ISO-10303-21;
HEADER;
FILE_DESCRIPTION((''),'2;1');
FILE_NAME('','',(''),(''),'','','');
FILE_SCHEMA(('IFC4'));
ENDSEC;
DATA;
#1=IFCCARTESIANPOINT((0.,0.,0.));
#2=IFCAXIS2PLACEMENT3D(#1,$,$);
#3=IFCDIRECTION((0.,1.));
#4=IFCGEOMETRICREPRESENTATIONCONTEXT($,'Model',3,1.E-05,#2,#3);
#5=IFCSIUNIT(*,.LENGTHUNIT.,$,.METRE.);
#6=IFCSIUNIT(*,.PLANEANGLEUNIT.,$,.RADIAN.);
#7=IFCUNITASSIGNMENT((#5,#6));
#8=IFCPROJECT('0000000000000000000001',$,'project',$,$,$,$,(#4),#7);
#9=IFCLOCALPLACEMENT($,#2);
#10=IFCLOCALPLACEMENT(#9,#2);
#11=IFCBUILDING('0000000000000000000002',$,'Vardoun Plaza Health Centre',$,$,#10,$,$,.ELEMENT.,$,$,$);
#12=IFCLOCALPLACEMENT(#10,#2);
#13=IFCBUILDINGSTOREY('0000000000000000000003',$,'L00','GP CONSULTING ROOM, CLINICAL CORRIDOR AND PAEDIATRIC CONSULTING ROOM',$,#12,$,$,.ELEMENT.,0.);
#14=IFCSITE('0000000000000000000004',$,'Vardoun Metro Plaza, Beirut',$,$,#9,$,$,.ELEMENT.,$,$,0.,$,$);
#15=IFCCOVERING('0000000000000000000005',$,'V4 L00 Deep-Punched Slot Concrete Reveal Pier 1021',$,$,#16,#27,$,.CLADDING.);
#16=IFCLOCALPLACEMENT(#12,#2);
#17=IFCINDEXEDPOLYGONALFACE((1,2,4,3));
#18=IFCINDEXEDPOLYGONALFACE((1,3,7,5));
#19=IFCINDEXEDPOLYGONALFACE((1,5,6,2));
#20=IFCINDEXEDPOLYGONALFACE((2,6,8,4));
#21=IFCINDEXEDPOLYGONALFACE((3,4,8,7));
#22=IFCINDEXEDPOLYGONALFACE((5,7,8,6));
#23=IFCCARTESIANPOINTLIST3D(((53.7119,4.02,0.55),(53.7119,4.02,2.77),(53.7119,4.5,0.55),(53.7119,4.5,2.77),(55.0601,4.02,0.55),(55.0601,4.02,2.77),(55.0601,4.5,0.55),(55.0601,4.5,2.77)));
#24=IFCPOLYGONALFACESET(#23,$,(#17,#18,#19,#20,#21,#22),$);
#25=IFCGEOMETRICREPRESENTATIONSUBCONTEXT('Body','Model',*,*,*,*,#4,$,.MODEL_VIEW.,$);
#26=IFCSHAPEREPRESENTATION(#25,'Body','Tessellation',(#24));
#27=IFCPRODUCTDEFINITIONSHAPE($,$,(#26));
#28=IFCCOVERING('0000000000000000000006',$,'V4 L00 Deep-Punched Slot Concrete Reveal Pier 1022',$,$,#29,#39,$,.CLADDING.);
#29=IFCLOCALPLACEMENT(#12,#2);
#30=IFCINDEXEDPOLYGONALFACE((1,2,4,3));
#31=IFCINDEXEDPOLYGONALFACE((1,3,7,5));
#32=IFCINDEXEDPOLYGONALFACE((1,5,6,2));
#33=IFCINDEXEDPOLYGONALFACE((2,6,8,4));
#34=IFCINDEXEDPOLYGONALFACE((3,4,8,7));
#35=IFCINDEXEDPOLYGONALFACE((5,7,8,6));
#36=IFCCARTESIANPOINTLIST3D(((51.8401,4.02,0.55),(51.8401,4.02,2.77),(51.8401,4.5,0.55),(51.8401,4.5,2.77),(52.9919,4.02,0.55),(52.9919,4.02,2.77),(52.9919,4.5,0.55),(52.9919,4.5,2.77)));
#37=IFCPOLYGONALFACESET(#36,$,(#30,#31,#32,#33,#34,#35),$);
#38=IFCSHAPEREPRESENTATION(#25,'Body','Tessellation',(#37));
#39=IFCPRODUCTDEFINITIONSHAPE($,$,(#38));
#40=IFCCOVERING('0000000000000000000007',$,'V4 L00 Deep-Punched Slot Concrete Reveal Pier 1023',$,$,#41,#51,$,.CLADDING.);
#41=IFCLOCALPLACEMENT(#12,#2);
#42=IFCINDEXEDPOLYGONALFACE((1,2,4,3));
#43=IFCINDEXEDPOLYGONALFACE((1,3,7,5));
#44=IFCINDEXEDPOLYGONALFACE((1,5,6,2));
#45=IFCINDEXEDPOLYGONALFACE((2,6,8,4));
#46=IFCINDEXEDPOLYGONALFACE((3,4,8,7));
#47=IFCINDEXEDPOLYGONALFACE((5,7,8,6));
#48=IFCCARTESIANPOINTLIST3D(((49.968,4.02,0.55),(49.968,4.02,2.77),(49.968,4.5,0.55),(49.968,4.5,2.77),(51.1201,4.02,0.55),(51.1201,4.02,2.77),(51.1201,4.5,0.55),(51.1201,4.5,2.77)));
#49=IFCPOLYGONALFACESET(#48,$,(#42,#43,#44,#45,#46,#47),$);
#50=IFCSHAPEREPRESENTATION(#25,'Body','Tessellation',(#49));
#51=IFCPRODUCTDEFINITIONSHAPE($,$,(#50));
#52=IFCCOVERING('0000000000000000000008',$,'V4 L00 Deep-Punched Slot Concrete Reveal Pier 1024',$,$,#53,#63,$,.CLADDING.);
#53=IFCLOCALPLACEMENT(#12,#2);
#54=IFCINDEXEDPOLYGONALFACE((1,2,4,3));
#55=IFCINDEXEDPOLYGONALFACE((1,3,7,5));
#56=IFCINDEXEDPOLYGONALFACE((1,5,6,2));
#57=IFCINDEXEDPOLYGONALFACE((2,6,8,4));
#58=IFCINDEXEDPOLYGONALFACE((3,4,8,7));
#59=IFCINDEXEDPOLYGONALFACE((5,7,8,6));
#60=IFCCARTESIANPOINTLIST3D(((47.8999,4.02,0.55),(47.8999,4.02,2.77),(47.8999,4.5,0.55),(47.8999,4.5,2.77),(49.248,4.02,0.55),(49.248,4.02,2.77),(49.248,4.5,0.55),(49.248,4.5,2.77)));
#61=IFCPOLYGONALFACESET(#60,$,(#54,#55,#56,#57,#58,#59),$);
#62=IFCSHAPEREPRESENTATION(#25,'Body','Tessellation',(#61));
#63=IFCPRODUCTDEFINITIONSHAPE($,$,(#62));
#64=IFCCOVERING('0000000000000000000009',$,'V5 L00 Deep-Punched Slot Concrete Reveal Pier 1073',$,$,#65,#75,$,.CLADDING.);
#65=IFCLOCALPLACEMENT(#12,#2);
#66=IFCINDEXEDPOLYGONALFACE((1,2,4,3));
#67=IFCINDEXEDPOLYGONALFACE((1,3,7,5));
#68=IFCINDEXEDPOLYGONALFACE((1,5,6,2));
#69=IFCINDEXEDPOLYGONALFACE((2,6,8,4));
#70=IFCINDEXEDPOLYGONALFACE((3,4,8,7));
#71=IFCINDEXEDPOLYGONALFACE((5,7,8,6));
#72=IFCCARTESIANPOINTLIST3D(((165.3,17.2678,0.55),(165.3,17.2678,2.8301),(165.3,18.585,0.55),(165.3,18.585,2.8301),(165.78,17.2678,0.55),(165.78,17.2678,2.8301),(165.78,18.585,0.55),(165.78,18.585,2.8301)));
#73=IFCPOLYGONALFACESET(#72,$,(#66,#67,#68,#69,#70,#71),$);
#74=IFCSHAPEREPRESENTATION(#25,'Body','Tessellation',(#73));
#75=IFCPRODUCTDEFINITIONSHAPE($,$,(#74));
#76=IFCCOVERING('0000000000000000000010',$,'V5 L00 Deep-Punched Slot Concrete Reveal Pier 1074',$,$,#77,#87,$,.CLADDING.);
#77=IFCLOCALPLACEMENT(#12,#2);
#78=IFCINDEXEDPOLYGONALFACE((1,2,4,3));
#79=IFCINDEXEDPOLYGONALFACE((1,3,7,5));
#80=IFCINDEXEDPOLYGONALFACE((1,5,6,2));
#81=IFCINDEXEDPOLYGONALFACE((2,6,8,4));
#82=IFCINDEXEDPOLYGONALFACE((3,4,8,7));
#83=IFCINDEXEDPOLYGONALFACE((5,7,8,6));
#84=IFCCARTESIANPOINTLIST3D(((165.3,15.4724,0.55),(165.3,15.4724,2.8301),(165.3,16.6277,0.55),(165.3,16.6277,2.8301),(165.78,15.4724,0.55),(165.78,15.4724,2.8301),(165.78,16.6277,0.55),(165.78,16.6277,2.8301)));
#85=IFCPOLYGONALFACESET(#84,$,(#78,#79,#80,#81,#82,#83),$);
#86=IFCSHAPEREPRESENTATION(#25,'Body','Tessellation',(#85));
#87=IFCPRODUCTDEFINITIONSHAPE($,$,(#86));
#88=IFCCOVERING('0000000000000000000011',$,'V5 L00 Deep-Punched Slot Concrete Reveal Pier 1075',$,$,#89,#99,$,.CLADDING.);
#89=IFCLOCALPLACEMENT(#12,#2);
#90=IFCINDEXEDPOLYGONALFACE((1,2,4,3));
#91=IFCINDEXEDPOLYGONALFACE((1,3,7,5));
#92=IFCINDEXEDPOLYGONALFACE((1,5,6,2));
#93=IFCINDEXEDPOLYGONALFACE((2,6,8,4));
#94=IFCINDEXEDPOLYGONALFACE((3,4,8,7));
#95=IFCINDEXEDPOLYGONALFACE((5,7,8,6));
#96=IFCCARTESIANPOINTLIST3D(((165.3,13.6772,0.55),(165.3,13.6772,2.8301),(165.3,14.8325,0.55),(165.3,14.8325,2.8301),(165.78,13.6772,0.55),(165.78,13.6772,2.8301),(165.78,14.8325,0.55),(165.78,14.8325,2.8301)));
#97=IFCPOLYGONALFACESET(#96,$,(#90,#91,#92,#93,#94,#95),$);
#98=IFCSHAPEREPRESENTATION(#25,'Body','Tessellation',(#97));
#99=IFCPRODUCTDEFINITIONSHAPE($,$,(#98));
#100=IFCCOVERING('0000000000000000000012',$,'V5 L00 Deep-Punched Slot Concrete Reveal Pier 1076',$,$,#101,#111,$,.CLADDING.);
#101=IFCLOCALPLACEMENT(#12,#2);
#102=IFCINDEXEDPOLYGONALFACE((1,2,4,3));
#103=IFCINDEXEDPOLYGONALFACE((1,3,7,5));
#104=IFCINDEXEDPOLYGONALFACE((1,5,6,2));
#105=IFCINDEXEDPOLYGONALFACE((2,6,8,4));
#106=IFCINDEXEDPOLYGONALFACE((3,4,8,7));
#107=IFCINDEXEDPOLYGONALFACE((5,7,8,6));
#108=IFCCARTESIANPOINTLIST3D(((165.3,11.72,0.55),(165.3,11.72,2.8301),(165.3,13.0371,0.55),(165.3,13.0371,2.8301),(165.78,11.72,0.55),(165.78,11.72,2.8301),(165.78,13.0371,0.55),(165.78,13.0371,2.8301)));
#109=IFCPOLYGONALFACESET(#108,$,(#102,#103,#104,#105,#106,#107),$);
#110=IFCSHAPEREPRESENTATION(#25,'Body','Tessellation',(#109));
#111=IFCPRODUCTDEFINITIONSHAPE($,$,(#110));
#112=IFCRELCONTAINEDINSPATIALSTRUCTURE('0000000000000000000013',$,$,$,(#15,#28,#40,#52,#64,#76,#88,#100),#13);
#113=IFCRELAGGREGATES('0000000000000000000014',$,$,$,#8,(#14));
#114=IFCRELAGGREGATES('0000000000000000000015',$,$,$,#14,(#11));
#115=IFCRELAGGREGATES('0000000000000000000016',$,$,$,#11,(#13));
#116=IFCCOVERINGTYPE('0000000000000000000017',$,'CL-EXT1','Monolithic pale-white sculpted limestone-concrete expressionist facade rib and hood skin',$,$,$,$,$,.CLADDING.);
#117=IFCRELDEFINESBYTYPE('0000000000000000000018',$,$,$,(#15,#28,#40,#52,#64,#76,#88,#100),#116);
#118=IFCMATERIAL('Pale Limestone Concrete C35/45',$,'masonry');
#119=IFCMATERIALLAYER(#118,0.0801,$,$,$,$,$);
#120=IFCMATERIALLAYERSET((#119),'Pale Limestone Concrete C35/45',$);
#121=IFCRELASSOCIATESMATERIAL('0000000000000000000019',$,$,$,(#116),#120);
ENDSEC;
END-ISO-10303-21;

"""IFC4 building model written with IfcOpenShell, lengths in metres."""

from ifc_helpers import new_model, si_unit, direction, frame, origin, place, context, subcontext, project, spatial, polyline, outline, extrude, material, layer, layer_set, type_object, element, save


model = new_model("IFC4")

# Units and contexts
model_context = context("Model", 3, precision=1e-05, world=origin(), true_north=direction((0.0, 1.0)))
body_context = subcontext(model_context, "Body", "Model", "MODEL_VIEW")
ifc_project = project(units=[si_unit("LENGTHUNIT", "METRE"), si_unit("PLANEANGLEUNIT", "RADIAN")], contexts=[model_context])

# Site, building, storey
site_placement = place(None, origin())
site = spatial("IfcSite", under=ifc_project, at=site_placement, Name="Vardoun Metro Plaza, Beirut", CompositionType="ELEMENT", RefElevation=0.0)
building_placement = place(site_placement, origin())
building = spatial("IfcBuilding", under=site, at=building_placement, Name="Vardoun Plaza Health Centre", CompositionType="ELEMENT")
storey_placement = place(building_placement, origin())
storey = spatial("IfcBuildingStorey", under=building, at=storey_placement, Name="L00", Description="GP CONSULTING ROOM, CLINICAL CORRIDOR AND PAEDIATRIC CONSULTING ROOM", CompositionType="ELEMENT", Elevation=0.0)

# Coverings
ifc_material = material(Name="Pale Limestone Concrete C35/45", Category="masonry")
ifc_layer = layer(ifc_material, 0.0801)
ifc_layer_set = layer_set([ifc_layer], Name="Pale Limestone Concrete C35/45")
covering_type = type_object("IfcCoveringType", Name="CL-EXT1", Description="Monolithic pale-white sculpted limestone-concrete expressionist facade rib and hood skin", PredefinedType="CLADDING", material=ifc_layer_set)
covering_1_placement = place(storey_placement, frame((0.0, 0.0, 0.55)))
element("IfcCovering", 1, at=covering_1_placement, inside=storey, type_object=covering_type, Name="V4 L00 Deep-Punched Slot Concrete Reveal Pier 1021", PredefinedType="CLADDING", context=body_context, shape_type="SweptSolid", body=[
    extrude(outline(polyline([(55.0601, 4.5), (53.7119, 4.5), (53.7119, 4.02), (55.0601, 4.02), (55.0601, 4.5)])), origin(), (0.0, 0.0, 1.0), 2.22),
])
covering_2_placement = place(storey_placement, frame((0.0, 0.0, 0.55)))
element("IfcCovering", 2, at=covering_2_placement, inside=storey, type_object=covering_type, Name="V4 L00 Deep-Punched Slot Concrete Reveal Pier 1022", PredefinedType="CLADDING", context=body_context, shape_type="SweptSolid", body=[
    extrude(outline(polyline([(52.9919, 4.5), (51.8401, 4.5), (51.8401, 4.02), (52.9919, 4.02), (52.9919, 4.5)])), origin(), (0.0, 0.0, 1.0), 2.22),
])
covering_3_placement = place(storey_placement, frame((0.0, 0.0, 0.55)))
element("IfcCovering", 3, at=covering_3_placement, inside=storey, type_object=covering_type, Name="V4 L00 Deep-Punched Slot Concrete Reveal Pier 1023", PredefinedType="CLADDING", context=body_context, shape_type="SweptSolid", body=[
    extrude(outline(polyline([(51.1201, 4.5), (49.968, 4.5), (49.968, 4.02), (51.1201, 4.02), (51.1201, 4.5)])), origin(), (0.0, 0.0, 1.0), 2.22),
])
covering_4_placement = place(storey_placement, frame((0.0, 0.0, 0.55)))
element("IfcCovering", 4, at=covering_4_placement, inside=storey, type_object=covering_type, Name="V4 L00 Deep-Punched Slot Concrete Reveal Pier 1024", PredefinedType="CLADDING", context=body_context, shape_type="SweptSolid", body=[
    extrude(outline(polyline([(49.248, 4.5), (47.8999, 4.5), (47.8999, 4.02), (49.248, 4.02), (49.248, 4.5)])), origin(), (0.0, 0.0, 1.0), 2.22),
])
covering_5_placement = place(storey_placement, frame((0.0, 0.0, 0.55)))
element("IfcCovering", 5, at=covering_5_placement, inside=storey, type_object=covering_type, Name="V5 L00 Deep-Punched Slot Concrete Reveal Pier 1073", PredefinedType="CLADDING", context=body_context, shape_type="SweptSolid", body=[
    extrude(outline(polyline([(165.3, 18.585), (165.3, 17.2678), (165.78, 17.2678), (165.78, 18.585), (165.3, 18.585)])), origin(), (0.0, 0.0, 1.0), 2.28),
])
covering_6_placement = place(storey_placement, frame((0.0, 0.0, 0.55)))
element("IfcCovering", 6, at=covering_6_placement, inside=storey, type_object=covering_type, Name="V5 L00 Deep-Punched Slot Concrete Reveal Pier 1074", PredefinedType="CLADDING", context=body_context, shape_type="SweptSolid", body=[
    extrude(outline(polyline([(165.3, 16.6277), (165.3, 15.4724), (165.78, 15.4724), (165.78, 16.6277), (165.3, 16.6277)])), origin(), (0.0, 0.0, 1.0), 2.28),
])
covering_7_placement = place(storey_placement, frame((0.0, 0.0, 0.55)))
element("IfcCovering", 7, at=covering_7_placement, inside=storey, type_object=covering_type, Name="V5 L00 Deep-Punched Slot Concrete Reveal Pier 1075", PredefinedType="CLADDING", context=body_context, shape_type="SweptSolid", body=[
    extrude(outline(polyline([(165.3, 14.8325), (165.3, 13.6772), (165.78, 13.6772), (165.78, 14.8325), (165.3, 14.8325)])), origin(), (0.0, 0.0, 1.0), 2.28),
])
covering_8_placement = place(storey_placement, frame((0.0, 0.0, 0.55)))
element("IfcCovering", 8, at=covering_8_placement, inside=storey, type_object=covering_type, Name="V5 L00 Deep-Punched Slot Concrete Reveal Pier 1076", PredefinedType="CLADDING", context=body_context, shape_type="SweptSolid", body=[
    extrude(outline(polyline([(165.3, 13.0371), (165.3, 11.72), (165.78, 11.72), (165.78, 13.0371), (165.3, 13.0371)])), origin(), (0.0, 0.0, 1.0), 2.28),
])

save(model, "model.ifc")
